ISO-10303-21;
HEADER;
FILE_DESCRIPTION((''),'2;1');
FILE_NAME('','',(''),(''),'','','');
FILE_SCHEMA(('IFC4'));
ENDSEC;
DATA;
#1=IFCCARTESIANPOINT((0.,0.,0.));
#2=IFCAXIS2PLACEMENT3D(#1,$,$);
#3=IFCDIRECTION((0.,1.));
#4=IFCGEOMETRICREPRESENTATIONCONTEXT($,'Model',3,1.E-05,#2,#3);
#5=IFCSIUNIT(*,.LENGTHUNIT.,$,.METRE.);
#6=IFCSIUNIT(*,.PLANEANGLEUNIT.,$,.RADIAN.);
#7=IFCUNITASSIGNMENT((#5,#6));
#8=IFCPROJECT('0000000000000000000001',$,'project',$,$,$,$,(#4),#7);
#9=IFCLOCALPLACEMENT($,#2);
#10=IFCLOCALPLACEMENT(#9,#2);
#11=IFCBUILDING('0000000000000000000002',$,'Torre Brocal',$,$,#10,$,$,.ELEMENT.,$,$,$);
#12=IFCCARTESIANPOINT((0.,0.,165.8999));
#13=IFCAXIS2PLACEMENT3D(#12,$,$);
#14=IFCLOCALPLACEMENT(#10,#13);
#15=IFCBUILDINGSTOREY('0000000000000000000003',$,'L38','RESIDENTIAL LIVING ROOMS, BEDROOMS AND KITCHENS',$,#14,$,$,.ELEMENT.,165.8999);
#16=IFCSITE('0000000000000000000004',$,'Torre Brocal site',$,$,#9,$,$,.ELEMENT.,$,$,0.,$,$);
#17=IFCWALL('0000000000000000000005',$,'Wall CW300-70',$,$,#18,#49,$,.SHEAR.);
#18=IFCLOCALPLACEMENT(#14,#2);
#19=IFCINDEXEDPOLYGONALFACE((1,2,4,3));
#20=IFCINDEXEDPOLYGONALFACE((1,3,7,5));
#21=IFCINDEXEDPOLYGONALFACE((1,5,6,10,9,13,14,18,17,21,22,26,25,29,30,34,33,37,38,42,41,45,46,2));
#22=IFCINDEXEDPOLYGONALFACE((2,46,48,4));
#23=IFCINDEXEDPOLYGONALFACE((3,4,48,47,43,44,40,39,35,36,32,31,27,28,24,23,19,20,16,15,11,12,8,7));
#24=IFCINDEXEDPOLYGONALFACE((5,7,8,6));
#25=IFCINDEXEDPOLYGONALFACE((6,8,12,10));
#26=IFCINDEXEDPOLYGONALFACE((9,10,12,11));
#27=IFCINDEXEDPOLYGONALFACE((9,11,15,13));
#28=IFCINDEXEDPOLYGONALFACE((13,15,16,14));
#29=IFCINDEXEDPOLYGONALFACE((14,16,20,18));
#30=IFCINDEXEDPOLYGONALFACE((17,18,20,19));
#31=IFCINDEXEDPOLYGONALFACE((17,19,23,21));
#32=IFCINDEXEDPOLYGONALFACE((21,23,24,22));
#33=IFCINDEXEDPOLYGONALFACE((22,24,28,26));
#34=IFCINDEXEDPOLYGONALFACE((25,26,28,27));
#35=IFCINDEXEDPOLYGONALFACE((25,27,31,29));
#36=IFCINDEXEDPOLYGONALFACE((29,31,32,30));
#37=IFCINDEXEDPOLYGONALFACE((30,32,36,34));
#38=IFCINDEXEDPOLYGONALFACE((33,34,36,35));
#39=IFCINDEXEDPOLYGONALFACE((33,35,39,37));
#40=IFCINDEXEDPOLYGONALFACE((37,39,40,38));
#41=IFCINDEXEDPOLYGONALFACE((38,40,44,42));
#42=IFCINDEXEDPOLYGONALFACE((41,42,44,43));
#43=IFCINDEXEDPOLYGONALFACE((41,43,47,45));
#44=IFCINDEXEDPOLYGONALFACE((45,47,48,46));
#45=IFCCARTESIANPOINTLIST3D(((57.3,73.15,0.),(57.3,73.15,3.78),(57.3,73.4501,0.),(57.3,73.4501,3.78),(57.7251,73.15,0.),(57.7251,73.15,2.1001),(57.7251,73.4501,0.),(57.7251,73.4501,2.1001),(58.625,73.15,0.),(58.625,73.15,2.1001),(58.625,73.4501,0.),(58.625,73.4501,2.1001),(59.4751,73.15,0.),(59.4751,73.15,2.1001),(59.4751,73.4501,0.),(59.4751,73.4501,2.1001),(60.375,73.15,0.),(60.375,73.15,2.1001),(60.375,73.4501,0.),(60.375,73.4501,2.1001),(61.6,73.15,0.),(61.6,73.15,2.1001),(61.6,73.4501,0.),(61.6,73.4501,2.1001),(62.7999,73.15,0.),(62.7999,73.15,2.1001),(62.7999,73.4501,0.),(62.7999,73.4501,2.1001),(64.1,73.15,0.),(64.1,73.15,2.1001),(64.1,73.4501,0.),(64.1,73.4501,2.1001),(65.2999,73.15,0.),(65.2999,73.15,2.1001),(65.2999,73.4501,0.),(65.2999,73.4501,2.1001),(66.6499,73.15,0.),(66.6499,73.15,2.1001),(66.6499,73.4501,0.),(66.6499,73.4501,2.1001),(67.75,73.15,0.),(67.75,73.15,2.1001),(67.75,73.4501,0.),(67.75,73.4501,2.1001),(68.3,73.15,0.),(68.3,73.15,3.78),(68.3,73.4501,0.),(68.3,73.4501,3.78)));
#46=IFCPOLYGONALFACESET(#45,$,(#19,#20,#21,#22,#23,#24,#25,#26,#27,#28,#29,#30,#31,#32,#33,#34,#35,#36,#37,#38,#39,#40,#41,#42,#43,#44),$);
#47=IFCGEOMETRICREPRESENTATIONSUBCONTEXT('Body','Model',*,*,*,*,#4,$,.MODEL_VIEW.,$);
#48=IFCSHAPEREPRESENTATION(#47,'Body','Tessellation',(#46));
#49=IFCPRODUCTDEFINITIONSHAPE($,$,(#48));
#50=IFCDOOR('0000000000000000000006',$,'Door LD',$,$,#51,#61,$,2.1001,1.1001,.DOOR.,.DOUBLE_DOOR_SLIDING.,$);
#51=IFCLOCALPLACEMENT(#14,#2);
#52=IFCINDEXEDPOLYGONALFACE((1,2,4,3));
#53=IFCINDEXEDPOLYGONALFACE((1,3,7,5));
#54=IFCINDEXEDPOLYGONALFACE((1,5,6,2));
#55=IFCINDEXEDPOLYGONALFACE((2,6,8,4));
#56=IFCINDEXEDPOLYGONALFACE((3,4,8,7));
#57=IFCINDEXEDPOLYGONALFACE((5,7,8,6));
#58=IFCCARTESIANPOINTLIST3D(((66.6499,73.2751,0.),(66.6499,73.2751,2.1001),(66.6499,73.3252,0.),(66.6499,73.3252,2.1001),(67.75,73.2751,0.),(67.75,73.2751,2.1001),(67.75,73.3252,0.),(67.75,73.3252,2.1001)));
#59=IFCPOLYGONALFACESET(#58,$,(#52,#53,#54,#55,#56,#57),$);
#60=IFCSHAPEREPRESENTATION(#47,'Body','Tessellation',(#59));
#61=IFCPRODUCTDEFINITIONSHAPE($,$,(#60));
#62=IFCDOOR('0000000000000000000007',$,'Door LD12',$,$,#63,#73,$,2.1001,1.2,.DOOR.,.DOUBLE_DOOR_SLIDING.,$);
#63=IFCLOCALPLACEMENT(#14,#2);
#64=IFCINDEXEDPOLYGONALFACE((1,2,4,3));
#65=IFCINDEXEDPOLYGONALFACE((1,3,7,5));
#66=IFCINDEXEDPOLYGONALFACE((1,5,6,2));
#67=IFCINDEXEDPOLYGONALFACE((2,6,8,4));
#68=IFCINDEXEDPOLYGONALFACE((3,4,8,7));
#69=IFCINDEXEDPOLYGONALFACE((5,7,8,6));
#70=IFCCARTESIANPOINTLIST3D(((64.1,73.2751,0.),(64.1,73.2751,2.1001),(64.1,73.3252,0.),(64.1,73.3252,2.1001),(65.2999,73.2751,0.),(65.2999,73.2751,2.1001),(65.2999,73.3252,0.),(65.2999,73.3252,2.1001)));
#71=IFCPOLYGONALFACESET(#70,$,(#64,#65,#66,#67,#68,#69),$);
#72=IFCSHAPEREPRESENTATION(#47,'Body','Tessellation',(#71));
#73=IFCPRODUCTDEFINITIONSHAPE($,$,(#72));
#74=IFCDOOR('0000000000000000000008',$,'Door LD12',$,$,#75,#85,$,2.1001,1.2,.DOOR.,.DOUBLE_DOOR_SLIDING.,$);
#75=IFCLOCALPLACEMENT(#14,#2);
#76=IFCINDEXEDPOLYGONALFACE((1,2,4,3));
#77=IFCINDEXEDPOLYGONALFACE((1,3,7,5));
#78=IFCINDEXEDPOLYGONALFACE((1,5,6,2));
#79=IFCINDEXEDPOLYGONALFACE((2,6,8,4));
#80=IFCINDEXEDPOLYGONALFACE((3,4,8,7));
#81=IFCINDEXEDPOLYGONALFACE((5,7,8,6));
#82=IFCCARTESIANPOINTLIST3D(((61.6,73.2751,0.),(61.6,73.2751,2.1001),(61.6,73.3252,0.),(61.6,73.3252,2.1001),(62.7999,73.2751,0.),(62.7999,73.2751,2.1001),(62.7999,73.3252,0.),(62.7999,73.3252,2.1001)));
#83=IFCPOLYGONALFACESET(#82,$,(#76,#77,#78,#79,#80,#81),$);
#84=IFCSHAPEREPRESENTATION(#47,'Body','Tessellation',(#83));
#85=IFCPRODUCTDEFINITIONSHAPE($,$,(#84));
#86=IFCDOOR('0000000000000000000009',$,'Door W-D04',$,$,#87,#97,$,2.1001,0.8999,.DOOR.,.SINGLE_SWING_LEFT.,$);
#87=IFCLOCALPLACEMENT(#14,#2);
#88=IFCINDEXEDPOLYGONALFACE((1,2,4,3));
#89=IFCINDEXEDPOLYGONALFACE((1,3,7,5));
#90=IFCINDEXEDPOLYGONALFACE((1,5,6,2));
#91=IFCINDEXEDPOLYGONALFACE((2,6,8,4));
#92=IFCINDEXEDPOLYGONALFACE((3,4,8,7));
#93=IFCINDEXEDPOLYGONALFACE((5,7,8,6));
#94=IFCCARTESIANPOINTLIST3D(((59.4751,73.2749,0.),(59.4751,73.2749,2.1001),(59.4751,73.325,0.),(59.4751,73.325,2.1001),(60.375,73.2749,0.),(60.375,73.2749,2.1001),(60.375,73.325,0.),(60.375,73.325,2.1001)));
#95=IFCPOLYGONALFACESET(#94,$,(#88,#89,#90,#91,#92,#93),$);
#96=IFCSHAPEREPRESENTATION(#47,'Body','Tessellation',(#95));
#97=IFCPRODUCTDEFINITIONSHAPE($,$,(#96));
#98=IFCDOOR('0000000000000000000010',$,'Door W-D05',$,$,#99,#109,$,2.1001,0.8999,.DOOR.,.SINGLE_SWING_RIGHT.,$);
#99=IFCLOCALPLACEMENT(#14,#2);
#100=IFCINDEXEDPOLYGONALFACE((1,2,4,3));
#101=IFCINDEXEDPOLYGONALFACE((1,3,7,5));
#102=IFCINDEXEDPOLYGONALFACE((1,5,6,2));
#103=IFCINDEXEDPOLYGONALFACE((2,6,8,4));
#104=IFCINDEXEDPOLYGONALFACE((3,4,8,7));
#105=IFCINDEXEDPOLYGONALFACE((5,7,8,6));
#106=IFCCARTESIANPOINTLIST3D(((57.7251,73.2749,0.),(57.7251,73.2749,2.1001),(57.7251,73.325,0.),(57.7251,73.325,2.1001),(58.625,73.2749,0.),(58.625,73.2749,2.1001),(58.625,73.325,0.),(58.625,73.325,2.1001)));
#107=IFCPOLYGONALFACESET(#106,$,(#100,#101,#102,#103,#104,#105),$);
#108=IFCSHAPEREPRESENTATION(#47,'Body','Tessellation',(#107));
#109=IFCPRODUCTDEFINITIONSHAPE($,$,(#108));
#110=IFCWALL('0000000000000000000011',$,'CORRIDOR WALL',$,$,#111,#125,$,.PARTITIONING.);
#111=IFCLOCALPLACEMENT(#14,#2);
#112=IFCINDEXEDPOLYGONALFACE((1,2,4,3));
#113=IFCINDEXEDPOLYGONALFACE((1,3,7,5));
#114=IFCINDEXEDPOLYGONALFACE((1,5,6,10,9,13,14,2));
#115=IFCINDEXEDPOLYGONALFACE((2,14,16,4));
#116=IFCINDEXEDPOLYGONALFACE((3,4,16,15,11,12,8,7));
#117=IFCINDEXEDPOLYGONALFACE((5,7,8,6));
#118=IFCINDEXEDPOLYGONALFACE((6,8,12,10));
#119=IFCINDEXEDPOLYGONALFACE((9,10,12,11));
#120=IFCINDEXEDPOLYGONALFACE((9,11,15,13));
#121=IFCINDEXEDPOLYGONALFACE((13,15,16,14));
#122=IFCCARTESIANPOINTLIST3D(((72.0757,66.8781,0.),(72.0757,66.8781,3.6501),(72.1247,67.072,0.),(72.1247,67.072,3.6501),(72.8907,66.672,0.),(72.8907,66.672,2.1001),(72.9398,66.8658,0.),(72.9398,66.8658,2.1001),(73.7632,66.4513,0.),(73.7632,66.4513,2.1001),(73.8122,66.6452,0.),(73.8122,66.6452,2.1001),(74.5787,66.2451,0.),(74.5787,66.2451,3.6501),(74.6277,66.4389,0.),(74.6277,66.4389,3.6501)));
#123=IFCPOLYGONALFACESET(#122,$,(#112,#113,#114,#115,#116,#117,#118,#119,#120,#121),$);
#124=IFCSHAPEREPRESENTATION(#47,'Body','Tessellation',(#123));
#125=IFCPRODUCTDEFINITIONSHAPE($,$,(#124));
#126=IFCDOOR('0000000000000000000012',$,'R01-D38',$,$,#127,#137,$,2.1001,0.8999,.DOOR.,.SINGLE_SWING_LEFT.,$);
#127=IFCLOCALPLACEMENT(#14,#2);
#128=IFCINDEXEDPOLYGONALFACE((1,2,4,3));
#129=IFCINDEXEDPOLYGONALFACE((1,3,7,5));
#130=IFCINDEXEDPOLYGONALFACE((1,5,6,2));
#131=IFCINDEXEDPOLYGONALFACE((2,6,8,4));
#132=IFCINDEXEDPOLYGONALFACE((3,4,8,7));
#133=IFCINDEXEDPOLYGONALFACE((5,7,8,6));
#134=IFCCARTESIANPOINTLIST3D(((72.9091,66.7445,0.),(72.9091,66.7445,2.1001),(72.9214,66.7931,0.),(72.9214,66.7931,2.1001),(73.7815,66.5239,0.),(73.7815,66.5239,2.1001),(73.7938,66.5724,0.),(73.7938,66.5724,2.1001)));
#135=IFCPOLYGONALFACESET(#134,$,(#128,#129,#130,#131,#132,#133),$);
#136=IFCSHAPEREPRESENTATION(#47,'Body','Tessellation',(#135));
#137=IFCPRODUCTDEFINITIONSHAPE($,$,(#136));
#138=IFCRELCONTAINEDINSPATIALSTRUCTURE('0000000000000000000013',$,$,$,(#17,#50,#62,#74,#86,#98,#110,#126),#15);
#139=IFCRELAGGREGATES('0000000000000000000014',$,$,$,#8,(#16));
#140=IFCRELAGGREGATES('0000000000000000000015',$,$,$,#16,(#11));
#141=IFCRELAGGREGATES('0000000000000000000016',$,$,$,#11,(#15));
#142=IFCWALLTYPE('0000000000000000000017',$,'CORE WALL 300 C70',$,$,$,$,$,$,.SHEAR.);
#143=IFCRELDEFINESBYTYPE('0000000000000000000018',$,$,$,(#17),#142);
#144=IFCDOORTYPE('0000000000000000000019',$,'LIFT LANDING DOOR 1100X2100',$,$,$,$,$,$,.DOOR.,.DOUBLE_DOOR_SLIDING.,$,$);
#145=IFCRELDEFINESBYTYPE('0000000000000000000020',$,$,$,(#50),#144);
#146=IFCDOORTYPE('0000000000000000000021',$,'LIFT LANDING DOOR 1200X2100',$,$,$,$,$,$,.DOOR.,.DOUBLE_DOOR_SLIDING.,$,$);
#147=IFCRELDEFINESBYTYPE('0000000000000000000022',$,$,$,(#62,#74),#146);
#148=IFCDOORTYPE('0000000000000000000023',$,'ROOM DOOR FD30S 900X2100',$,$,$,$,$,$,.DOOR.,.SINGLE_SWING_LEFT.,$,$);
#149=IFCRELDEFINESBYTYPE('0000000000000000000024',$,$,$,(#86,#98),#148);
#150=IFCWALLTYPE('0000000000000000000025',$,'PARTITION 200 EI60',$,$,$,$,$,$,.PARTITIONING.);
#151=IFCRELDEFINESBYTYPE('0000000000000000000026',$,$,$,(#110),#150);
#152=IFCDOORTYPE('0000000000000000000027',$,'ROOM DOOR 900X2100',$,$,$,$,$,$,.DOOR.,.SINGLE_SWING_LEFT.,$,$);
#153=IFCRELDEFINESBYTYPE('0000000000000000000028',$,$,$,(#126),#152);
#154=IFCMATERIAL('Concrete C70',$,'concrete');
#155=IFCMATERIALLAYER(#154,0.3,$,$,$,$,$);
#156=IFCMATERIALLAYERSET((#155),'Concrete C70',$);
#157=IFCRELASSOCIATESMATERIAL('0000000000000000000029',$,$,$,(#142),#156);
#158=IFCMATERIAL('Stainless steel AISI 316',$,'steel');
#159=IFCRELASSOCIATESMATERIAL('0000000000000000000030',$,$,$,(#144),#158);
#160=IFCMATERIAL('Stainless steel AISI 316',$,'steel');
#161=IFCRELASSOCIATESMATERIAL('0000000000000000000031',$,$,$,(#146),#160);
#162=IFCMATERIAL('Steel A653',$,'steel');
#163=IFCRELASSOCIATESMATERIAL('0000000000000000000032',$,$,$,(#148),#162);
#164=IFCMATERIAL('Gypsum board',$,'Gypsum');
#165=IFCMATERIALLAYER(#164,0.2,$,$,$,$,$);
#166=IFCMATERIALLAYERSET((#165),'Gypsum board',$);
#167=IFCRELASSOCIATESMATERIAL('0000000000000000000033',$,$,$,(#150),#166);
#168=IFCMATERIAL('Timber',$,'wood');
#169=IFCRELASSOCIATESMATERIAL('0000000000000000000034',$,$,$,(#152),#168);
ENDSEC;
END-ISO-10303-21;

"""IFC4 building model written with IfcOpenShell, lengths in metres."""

from ifc_helpers import new_model, si_unit, direction, frame, frame_2d, origin, place, context, subcontext, project, spatial, rectangle, extrude, material, layer, layer_set, type_object, element, fill, save


model = new_model("IFC4")

# Units and contexts
model_context = context("Model", 3, precision=1e-05, world=origin(), true_north=direction((0.0, 1.0)))
body_context = subcontext(model_context, "Body", "Model", "MODEL_VIEW")
ifc_project = project(units=[si_unit("LENGTHUNIT", "METRE"), si_unit("PLANEANGLEUNIT", "RADIAN")], contexts=[model_context])

# Site, building, storey
site_placement = place(None, origin())
site = spatial("IfcSite", under=ifc_project, at=site_placement, Name="Torre Brocal site", CompositionType="ELEMENT", RefElevation=0.0)
building_placement = place(site_placement, origin())
building = spatial("IfcBuilding", under=site, at=building_placement, Name="Torre Brocal", CompositionType="ELEMENT")
storey_placement = place(building_placement, frame((0.0, 0.0, 165.8999)))
storey = spatial("IfcBuildingStorey", under=building, at=storey_placement, Name="L38", Description="RESIDENTIAL LIVING ROOMS, BEDROOMS AND KITCHENS", CompositionType="ELEMENT", Elevation=165.8999)

# Shared definitions
ifc_material_1 = material(Name="Concrete C70", Category="concrete")
ifc_layer_1 = layer(ifc_material_1, 0.3)
ifc_layer_set_1 = layer_set([ifc_layer_1], Name="Concrete C70")
wall_type_1 = type_object("IfcWallType", Name="CORE WALL 300 C70", PredefinedType="SHEAR", material=ifc_layer_set_1)

# Wall, openings, doors
wall_1_placement = place(storey_placement, frame((68.3, 73.3, 0.0), z_axis=(0.0, 0.0, 1.0), x_axis=(-1.0, 0.0, 0.0)))
wall_1 = element("IfcWall", 1, at=wall_1_placement, inside=storey, type_object=wall_type_1, Name="Wall CW300-70", PredefinedType="SHEAR", context=body_context, shape_type="SweptSolid", body=[
    extrude(rectangle(XDim=11.0, YDim=0.3, at=frame_2d((5.5, 0.0))), origin(), (0.0, 0.0, 1.0), 3.78),
])
opening_1_placement = place(wall_1_placement, frame((0.55, 0.0, 0.0)))
opening_1 = element("IfcOpeningElement", 2, at=opening_1_placement, cuts=wall_1, PredefinedType="OPENING", context=body_context, shape_type="SweptSolid", body=[
    extrude(rectangle(XDim=1.1001, YDim=2.1001, at=frame_2d((0.55, 1.05))), frame((0.0, 0.1599, 0.0), z_axis=(0.0, -1.0, 0.0), x_axis=(1.0, 0.0, 0.0)), (0.0, 0.0, 1.0), 0.3201),
])
opening_2_placement = place(wall_1_placement, frame((3.0, 0.0, 0.0)))
opening_2 = element("IfcOpeningElement", 3, at=opening_2_placement, cuts=wall_1, PredefinedType="OPENING", context=body_context, shape_type="SweptSolid", body=[
    extrude(rectangle(XDim=1.2, YDim=2.1001, at=frame_2d((0.6001, 1.05))), frame((0.0, 0.1599, 0.0), z_axis=(0.0, -1.0, 0.0), x_axis=(1.0, 0.0, 0.0)), (0.0, 0.0, 1.0), 0.3201),
])
opening_3_placement = place(wall_1_placement, frame((5.5, 0.0, 0.0)))
opening_3 = element("IfcOpeningElement", 4, at=opening_3_placement, cuts=wall_1, PredefinedType="OPENING", context=body_context, shape_type="SweptSolid", body=[
    extrude(rectangle(XDim=1.2, YDim=2.1001, at=frame_2d((0.6001, 1.05))), frame((0.0, 0.1599, 0.0), z_axis=(0.0, -1.0, 0.0), x_axis=(1.0, 0.0, 0.0)), (0.0, 0.0, 1.0), 0.3201),
])
opening_4_placement = place(wall_1_placement, frame((7.925, 0.0, 0.0)))
opening_4 = element("IfcOpeningElement", 5, at=opening_4_placement, cuts=wall_1, PredefinedType="OPENING", context=body_context, shape_type="SweptSolid", body=[
    extrude(rectangle(XDim=0.8999, YDim=2.1001, at=frame_2d((0.45, 1.05))), frame((0.0, 0.1599, 0.0), z_axis=(0.0, -1.0, 0.0), x_axis=(1.0, 0.0, 0.0)), (0.0, 0.0, 1.0), 0.3201),
])
opening_5_placement = place(wall_1_placement, frame((9.675, 0.0, 0.0)))
opening_5 = element("IfcOpeningElement", 6, at=opening_5_placement, cuts=wall_1, PredefinedType="OPENING", context=body_context, shape_type="SweptSolid", body=[
    extrude(rectangle(XDim=0.8999, YDim=2.1001, at=frame_2d((0.45, 1.05))), frame((0.0, 0.1599, 0.0), z_axis=(0.0, -1.0, 0.0), x_axis=(1.0, 0.0, 0.0)), (0.0, 0.0, 1.0), 0.3201),
])
ifc_material_2 = material(Name="Stainless steel AISI 316", Category="steel")
door_type_1 = type_object("IfcDoorType", Name="LIFT LANDING DOOR 1100X2100", OperationType="DOUBLE_DOOR_SLIDING", PredefinedType="DOOR", material=ifc_material_2)
door_1_placement = place(opening_1_placement, origin())
door_1 = element("IfcDoor", 7, at=door_1_placement, inside=storey, type_object=door_type_1, Name="Door LD", OperationType="DOUBLE_DOOR_SLIDING", OverallHeight=2.1001, OverallWidth=1.1001, PredefinedType="DOOR", context=body_context, shape_type="SweptSolid", body=[
    extrude(rectangle(XDim=1.1001, YDim=2.1001, at=frame_2d((0.55, 1.05))), frame((0.0, 0.0249, 0.0), z_axis=(0.0, -1.0, 0.0), x_axis=(1.0, 0.0, 0.0)), (0.0, 0.0, 1.0), 0.05),
])
fill(opening_1, door_1)
ifc_material_3 = material(Name="Stainless steel AISI 316", Category="steel")
door_type_2 = type_object("IfcDoorType", Name="LIFT LANDING DOOR 1200X2100", OperationType="DOUBLE_DOOR_SLIDING", PredefinedType="DOOR", material=ifc_material_3)
door_2_placement = place(opening_2_placement, origin())
door_2 = element("IfcDoor", 8, at=door_2_placement, inside=storey, type_object=door_type_2, Name="Door LD12", OperationType="DOUBLE_DOOR_SLIDING", OverallHeight=2.1001, OverallWidth=1.2, PredefinedType="DOOR", context=body_context, shape_type="SweptSolid", body=[
    extrude(rectangle(XDim=1.2, YDim=2.1001, at=frame_2d((0.6001, 1.05))), frame((0.0, 0.0249, 0.0), z_axis=(0.0, -1.0, 0.0), x_axis=(1.0, 0.0, 0.0)), (0.0, 0.0, 1.0), 0.05),
])
fill(opening_2, door_2)
door_3_placement = place(opening_3_placement, origin())
door_3 = element("IfcDoor", 9, at=door_3_placement, inside=storey, type_object=door_type_2, Name="Door LD12", OperationType="DOUBLE_DOOR_SLIDING", OverallHeight=2.1001, OverallWidth=1.2, PredefinedType="DOOR", context=body_context, shape_type="SweptSolid", body=[
    extrude(rectangle(XDim=1.2, YDim=2.1001, at=frame_2d((0.6001, 1.05))), frame((0.0, 0.0249, 0.0), z_axis=(0.0, -1.0, 0.0), x_axis=(1.0, 0.0, 0.0)), (0.0, 0.0, 1.0), 0.05),
])
fill(opening_3, door_3)
ifc_material_4 = material(Name="Steel A653", Category="steel")
door_type_3 = type_object("IfcDoorType", Name="ROOM DOOR FD30S 900X2100", OperationType="SINGLE_SWING_LEFT", PredefinedType="DOOR", material=ifc_material_4)
door_4_placement = place(opening_4_placement, frame((0.8999, 0.0, 0.0), z_axis=(0.0, 0.0, 1.0), x_axis=(-1.0, 0.0, 0.0)))
door_4 = element("IfcDoor", 10, at=door_4_placement, inside=storey, type_object=door_type_3, Name="Door W-D04", OperationType="SINGLE_SWING_LEFT", OverallHeight=2.1001, OverallWidth=0.8999, PredefinedType="DOOR", context=body_context, shape_type="SweptSolid", body=[
    extrude(rectangle(XDim=0.8999, YDim=2.1001, at=frame_2d((0.45, 1.05))), frame((0.0, 0.0249, 0.0), z_axis=(0.0, -1.0, 0.0), x_axis=(1.0, 0.0, 0.0)), (0.0, 0.0, 1.0), 0.05),
])
fill(opening_4, door_4)
door_5_placement = place(opening_5_placement, frame((0.8999, 0.0, 0.0), z_axis=(0.0, 0.0, 1.0), x_axis=(-1.0, 0.0, 0.0)))
door_5 = element("IfcDoor", 11, at=door_5_placement, inside=storey, type_object=door_type_3, Name="Door W-D05", OperationType="SINGLE_SWING_RIGHT", OverallHeight=2.1001, OverallWidth=0.8999, PredefinedType="DOOR", context=body_context, shape_type="SweptSolid", body=[
    extrude(rectangle(XDim=0.8999, YDim=2.1001, at=frame_2d((0.45, 1.05))), frame((0.0, 0.0249, 0.0), z_axis=(0.0, -1.0, 0.0), x_axis=(1.0, 0.0, 0.0)), (0.0, 0.0, 1.0), 0.05),
])
fill(opening_5, door_5)

# Wall, opening, door
ifc_material_5 = material(Name="Gypsum board", Category="Gypsum")
ifc_layer_2 = layer(ifc_material_5, 0.2)
ifc_layer_set_2 = layer_set([ifc_layer_2], Name="Gypsum board")
wall_type_2 = type_object("IfcWallType", Name="PARTITION 200 EI60", PredefinedType="PARTITIONING", material=ifc_layer_set_2)
wall_2_placement = place(storey_placement, frame((72.1001, 66.9751, 0.0), z_axis=(0.0, 0.0, 1.0), x_axis=(0.969471, -0.245205, 0.0)))
wall_2 = element("IfcWall", 12, at=wall_2_placement, inside=storey, type_object=wall_type_2, Name="CORRIDOR WALL", PredefinedType="PARTITIONING", context=body_context, shape_type="SweptSolid", body=[
    extrude(rectangle(XDim=2.5818, YDim=0.2, at=frame_2d((1.291, 0.0))), origin(), (0.0, 0.0, 1.0), 3.6501),
])
opening_6_placement = place(wall_2_placement, frame((0.8408, 0.0, 0.0)))
opening_6 = element("IfcOpeningElement", 13, at=opening_6_placement, cuts=wall_2, PredefinedType="OPENING", context=body_context, shape_type="SweptSolid", body=[
    extrude(rectangle(XDim=0.8999, YDim=2.1001, at=frame_2d((0.45, 1.05))), frame((0.0, 0.1099, 0.0), z_axis=(0.0, -1.0, 0.0), x_axis=(1.0, 0.0, 0.0)), (0.0, 0.0, 1.0), 0.22),
])
ifc_material_6 = material(Name="Timber", Category="wood")
door_type_4 = type_object("IfcDoorType", Name="ROOM DOOR 900X2100", OperationType="SINGLE_SWING_LEFT", PredefinedType="DOOR", material=ifc_material_6)
door_6_placement = place(opening_6_placement, origin())
door_6 = element("IfcDoor", 14, at=door_6_placement, inside=storey, type_object=door_type_4, Name="R01-D38", OperationType="SINGLE_SWING_LEFT", OverallHeight=2.1001, OverallWidth=0.8999, PredefinedType="DOOR", context=body_context, shape_type="SweptSolid", body=[
    extrude(rectangle(XDim=0.8999, YDim=2.1001, at=frame_2d((0.45, 1.05))), frame((0.0, 0.0249, 0.0), z_axis=(0.0, -1.0, 0.0), x_axis=(1.0, 0.0, 0.0)), (0.0, 0.0, 1.0), 0.05),
])
fill(opening_6, door_6)

save(model, "model.ifc")
